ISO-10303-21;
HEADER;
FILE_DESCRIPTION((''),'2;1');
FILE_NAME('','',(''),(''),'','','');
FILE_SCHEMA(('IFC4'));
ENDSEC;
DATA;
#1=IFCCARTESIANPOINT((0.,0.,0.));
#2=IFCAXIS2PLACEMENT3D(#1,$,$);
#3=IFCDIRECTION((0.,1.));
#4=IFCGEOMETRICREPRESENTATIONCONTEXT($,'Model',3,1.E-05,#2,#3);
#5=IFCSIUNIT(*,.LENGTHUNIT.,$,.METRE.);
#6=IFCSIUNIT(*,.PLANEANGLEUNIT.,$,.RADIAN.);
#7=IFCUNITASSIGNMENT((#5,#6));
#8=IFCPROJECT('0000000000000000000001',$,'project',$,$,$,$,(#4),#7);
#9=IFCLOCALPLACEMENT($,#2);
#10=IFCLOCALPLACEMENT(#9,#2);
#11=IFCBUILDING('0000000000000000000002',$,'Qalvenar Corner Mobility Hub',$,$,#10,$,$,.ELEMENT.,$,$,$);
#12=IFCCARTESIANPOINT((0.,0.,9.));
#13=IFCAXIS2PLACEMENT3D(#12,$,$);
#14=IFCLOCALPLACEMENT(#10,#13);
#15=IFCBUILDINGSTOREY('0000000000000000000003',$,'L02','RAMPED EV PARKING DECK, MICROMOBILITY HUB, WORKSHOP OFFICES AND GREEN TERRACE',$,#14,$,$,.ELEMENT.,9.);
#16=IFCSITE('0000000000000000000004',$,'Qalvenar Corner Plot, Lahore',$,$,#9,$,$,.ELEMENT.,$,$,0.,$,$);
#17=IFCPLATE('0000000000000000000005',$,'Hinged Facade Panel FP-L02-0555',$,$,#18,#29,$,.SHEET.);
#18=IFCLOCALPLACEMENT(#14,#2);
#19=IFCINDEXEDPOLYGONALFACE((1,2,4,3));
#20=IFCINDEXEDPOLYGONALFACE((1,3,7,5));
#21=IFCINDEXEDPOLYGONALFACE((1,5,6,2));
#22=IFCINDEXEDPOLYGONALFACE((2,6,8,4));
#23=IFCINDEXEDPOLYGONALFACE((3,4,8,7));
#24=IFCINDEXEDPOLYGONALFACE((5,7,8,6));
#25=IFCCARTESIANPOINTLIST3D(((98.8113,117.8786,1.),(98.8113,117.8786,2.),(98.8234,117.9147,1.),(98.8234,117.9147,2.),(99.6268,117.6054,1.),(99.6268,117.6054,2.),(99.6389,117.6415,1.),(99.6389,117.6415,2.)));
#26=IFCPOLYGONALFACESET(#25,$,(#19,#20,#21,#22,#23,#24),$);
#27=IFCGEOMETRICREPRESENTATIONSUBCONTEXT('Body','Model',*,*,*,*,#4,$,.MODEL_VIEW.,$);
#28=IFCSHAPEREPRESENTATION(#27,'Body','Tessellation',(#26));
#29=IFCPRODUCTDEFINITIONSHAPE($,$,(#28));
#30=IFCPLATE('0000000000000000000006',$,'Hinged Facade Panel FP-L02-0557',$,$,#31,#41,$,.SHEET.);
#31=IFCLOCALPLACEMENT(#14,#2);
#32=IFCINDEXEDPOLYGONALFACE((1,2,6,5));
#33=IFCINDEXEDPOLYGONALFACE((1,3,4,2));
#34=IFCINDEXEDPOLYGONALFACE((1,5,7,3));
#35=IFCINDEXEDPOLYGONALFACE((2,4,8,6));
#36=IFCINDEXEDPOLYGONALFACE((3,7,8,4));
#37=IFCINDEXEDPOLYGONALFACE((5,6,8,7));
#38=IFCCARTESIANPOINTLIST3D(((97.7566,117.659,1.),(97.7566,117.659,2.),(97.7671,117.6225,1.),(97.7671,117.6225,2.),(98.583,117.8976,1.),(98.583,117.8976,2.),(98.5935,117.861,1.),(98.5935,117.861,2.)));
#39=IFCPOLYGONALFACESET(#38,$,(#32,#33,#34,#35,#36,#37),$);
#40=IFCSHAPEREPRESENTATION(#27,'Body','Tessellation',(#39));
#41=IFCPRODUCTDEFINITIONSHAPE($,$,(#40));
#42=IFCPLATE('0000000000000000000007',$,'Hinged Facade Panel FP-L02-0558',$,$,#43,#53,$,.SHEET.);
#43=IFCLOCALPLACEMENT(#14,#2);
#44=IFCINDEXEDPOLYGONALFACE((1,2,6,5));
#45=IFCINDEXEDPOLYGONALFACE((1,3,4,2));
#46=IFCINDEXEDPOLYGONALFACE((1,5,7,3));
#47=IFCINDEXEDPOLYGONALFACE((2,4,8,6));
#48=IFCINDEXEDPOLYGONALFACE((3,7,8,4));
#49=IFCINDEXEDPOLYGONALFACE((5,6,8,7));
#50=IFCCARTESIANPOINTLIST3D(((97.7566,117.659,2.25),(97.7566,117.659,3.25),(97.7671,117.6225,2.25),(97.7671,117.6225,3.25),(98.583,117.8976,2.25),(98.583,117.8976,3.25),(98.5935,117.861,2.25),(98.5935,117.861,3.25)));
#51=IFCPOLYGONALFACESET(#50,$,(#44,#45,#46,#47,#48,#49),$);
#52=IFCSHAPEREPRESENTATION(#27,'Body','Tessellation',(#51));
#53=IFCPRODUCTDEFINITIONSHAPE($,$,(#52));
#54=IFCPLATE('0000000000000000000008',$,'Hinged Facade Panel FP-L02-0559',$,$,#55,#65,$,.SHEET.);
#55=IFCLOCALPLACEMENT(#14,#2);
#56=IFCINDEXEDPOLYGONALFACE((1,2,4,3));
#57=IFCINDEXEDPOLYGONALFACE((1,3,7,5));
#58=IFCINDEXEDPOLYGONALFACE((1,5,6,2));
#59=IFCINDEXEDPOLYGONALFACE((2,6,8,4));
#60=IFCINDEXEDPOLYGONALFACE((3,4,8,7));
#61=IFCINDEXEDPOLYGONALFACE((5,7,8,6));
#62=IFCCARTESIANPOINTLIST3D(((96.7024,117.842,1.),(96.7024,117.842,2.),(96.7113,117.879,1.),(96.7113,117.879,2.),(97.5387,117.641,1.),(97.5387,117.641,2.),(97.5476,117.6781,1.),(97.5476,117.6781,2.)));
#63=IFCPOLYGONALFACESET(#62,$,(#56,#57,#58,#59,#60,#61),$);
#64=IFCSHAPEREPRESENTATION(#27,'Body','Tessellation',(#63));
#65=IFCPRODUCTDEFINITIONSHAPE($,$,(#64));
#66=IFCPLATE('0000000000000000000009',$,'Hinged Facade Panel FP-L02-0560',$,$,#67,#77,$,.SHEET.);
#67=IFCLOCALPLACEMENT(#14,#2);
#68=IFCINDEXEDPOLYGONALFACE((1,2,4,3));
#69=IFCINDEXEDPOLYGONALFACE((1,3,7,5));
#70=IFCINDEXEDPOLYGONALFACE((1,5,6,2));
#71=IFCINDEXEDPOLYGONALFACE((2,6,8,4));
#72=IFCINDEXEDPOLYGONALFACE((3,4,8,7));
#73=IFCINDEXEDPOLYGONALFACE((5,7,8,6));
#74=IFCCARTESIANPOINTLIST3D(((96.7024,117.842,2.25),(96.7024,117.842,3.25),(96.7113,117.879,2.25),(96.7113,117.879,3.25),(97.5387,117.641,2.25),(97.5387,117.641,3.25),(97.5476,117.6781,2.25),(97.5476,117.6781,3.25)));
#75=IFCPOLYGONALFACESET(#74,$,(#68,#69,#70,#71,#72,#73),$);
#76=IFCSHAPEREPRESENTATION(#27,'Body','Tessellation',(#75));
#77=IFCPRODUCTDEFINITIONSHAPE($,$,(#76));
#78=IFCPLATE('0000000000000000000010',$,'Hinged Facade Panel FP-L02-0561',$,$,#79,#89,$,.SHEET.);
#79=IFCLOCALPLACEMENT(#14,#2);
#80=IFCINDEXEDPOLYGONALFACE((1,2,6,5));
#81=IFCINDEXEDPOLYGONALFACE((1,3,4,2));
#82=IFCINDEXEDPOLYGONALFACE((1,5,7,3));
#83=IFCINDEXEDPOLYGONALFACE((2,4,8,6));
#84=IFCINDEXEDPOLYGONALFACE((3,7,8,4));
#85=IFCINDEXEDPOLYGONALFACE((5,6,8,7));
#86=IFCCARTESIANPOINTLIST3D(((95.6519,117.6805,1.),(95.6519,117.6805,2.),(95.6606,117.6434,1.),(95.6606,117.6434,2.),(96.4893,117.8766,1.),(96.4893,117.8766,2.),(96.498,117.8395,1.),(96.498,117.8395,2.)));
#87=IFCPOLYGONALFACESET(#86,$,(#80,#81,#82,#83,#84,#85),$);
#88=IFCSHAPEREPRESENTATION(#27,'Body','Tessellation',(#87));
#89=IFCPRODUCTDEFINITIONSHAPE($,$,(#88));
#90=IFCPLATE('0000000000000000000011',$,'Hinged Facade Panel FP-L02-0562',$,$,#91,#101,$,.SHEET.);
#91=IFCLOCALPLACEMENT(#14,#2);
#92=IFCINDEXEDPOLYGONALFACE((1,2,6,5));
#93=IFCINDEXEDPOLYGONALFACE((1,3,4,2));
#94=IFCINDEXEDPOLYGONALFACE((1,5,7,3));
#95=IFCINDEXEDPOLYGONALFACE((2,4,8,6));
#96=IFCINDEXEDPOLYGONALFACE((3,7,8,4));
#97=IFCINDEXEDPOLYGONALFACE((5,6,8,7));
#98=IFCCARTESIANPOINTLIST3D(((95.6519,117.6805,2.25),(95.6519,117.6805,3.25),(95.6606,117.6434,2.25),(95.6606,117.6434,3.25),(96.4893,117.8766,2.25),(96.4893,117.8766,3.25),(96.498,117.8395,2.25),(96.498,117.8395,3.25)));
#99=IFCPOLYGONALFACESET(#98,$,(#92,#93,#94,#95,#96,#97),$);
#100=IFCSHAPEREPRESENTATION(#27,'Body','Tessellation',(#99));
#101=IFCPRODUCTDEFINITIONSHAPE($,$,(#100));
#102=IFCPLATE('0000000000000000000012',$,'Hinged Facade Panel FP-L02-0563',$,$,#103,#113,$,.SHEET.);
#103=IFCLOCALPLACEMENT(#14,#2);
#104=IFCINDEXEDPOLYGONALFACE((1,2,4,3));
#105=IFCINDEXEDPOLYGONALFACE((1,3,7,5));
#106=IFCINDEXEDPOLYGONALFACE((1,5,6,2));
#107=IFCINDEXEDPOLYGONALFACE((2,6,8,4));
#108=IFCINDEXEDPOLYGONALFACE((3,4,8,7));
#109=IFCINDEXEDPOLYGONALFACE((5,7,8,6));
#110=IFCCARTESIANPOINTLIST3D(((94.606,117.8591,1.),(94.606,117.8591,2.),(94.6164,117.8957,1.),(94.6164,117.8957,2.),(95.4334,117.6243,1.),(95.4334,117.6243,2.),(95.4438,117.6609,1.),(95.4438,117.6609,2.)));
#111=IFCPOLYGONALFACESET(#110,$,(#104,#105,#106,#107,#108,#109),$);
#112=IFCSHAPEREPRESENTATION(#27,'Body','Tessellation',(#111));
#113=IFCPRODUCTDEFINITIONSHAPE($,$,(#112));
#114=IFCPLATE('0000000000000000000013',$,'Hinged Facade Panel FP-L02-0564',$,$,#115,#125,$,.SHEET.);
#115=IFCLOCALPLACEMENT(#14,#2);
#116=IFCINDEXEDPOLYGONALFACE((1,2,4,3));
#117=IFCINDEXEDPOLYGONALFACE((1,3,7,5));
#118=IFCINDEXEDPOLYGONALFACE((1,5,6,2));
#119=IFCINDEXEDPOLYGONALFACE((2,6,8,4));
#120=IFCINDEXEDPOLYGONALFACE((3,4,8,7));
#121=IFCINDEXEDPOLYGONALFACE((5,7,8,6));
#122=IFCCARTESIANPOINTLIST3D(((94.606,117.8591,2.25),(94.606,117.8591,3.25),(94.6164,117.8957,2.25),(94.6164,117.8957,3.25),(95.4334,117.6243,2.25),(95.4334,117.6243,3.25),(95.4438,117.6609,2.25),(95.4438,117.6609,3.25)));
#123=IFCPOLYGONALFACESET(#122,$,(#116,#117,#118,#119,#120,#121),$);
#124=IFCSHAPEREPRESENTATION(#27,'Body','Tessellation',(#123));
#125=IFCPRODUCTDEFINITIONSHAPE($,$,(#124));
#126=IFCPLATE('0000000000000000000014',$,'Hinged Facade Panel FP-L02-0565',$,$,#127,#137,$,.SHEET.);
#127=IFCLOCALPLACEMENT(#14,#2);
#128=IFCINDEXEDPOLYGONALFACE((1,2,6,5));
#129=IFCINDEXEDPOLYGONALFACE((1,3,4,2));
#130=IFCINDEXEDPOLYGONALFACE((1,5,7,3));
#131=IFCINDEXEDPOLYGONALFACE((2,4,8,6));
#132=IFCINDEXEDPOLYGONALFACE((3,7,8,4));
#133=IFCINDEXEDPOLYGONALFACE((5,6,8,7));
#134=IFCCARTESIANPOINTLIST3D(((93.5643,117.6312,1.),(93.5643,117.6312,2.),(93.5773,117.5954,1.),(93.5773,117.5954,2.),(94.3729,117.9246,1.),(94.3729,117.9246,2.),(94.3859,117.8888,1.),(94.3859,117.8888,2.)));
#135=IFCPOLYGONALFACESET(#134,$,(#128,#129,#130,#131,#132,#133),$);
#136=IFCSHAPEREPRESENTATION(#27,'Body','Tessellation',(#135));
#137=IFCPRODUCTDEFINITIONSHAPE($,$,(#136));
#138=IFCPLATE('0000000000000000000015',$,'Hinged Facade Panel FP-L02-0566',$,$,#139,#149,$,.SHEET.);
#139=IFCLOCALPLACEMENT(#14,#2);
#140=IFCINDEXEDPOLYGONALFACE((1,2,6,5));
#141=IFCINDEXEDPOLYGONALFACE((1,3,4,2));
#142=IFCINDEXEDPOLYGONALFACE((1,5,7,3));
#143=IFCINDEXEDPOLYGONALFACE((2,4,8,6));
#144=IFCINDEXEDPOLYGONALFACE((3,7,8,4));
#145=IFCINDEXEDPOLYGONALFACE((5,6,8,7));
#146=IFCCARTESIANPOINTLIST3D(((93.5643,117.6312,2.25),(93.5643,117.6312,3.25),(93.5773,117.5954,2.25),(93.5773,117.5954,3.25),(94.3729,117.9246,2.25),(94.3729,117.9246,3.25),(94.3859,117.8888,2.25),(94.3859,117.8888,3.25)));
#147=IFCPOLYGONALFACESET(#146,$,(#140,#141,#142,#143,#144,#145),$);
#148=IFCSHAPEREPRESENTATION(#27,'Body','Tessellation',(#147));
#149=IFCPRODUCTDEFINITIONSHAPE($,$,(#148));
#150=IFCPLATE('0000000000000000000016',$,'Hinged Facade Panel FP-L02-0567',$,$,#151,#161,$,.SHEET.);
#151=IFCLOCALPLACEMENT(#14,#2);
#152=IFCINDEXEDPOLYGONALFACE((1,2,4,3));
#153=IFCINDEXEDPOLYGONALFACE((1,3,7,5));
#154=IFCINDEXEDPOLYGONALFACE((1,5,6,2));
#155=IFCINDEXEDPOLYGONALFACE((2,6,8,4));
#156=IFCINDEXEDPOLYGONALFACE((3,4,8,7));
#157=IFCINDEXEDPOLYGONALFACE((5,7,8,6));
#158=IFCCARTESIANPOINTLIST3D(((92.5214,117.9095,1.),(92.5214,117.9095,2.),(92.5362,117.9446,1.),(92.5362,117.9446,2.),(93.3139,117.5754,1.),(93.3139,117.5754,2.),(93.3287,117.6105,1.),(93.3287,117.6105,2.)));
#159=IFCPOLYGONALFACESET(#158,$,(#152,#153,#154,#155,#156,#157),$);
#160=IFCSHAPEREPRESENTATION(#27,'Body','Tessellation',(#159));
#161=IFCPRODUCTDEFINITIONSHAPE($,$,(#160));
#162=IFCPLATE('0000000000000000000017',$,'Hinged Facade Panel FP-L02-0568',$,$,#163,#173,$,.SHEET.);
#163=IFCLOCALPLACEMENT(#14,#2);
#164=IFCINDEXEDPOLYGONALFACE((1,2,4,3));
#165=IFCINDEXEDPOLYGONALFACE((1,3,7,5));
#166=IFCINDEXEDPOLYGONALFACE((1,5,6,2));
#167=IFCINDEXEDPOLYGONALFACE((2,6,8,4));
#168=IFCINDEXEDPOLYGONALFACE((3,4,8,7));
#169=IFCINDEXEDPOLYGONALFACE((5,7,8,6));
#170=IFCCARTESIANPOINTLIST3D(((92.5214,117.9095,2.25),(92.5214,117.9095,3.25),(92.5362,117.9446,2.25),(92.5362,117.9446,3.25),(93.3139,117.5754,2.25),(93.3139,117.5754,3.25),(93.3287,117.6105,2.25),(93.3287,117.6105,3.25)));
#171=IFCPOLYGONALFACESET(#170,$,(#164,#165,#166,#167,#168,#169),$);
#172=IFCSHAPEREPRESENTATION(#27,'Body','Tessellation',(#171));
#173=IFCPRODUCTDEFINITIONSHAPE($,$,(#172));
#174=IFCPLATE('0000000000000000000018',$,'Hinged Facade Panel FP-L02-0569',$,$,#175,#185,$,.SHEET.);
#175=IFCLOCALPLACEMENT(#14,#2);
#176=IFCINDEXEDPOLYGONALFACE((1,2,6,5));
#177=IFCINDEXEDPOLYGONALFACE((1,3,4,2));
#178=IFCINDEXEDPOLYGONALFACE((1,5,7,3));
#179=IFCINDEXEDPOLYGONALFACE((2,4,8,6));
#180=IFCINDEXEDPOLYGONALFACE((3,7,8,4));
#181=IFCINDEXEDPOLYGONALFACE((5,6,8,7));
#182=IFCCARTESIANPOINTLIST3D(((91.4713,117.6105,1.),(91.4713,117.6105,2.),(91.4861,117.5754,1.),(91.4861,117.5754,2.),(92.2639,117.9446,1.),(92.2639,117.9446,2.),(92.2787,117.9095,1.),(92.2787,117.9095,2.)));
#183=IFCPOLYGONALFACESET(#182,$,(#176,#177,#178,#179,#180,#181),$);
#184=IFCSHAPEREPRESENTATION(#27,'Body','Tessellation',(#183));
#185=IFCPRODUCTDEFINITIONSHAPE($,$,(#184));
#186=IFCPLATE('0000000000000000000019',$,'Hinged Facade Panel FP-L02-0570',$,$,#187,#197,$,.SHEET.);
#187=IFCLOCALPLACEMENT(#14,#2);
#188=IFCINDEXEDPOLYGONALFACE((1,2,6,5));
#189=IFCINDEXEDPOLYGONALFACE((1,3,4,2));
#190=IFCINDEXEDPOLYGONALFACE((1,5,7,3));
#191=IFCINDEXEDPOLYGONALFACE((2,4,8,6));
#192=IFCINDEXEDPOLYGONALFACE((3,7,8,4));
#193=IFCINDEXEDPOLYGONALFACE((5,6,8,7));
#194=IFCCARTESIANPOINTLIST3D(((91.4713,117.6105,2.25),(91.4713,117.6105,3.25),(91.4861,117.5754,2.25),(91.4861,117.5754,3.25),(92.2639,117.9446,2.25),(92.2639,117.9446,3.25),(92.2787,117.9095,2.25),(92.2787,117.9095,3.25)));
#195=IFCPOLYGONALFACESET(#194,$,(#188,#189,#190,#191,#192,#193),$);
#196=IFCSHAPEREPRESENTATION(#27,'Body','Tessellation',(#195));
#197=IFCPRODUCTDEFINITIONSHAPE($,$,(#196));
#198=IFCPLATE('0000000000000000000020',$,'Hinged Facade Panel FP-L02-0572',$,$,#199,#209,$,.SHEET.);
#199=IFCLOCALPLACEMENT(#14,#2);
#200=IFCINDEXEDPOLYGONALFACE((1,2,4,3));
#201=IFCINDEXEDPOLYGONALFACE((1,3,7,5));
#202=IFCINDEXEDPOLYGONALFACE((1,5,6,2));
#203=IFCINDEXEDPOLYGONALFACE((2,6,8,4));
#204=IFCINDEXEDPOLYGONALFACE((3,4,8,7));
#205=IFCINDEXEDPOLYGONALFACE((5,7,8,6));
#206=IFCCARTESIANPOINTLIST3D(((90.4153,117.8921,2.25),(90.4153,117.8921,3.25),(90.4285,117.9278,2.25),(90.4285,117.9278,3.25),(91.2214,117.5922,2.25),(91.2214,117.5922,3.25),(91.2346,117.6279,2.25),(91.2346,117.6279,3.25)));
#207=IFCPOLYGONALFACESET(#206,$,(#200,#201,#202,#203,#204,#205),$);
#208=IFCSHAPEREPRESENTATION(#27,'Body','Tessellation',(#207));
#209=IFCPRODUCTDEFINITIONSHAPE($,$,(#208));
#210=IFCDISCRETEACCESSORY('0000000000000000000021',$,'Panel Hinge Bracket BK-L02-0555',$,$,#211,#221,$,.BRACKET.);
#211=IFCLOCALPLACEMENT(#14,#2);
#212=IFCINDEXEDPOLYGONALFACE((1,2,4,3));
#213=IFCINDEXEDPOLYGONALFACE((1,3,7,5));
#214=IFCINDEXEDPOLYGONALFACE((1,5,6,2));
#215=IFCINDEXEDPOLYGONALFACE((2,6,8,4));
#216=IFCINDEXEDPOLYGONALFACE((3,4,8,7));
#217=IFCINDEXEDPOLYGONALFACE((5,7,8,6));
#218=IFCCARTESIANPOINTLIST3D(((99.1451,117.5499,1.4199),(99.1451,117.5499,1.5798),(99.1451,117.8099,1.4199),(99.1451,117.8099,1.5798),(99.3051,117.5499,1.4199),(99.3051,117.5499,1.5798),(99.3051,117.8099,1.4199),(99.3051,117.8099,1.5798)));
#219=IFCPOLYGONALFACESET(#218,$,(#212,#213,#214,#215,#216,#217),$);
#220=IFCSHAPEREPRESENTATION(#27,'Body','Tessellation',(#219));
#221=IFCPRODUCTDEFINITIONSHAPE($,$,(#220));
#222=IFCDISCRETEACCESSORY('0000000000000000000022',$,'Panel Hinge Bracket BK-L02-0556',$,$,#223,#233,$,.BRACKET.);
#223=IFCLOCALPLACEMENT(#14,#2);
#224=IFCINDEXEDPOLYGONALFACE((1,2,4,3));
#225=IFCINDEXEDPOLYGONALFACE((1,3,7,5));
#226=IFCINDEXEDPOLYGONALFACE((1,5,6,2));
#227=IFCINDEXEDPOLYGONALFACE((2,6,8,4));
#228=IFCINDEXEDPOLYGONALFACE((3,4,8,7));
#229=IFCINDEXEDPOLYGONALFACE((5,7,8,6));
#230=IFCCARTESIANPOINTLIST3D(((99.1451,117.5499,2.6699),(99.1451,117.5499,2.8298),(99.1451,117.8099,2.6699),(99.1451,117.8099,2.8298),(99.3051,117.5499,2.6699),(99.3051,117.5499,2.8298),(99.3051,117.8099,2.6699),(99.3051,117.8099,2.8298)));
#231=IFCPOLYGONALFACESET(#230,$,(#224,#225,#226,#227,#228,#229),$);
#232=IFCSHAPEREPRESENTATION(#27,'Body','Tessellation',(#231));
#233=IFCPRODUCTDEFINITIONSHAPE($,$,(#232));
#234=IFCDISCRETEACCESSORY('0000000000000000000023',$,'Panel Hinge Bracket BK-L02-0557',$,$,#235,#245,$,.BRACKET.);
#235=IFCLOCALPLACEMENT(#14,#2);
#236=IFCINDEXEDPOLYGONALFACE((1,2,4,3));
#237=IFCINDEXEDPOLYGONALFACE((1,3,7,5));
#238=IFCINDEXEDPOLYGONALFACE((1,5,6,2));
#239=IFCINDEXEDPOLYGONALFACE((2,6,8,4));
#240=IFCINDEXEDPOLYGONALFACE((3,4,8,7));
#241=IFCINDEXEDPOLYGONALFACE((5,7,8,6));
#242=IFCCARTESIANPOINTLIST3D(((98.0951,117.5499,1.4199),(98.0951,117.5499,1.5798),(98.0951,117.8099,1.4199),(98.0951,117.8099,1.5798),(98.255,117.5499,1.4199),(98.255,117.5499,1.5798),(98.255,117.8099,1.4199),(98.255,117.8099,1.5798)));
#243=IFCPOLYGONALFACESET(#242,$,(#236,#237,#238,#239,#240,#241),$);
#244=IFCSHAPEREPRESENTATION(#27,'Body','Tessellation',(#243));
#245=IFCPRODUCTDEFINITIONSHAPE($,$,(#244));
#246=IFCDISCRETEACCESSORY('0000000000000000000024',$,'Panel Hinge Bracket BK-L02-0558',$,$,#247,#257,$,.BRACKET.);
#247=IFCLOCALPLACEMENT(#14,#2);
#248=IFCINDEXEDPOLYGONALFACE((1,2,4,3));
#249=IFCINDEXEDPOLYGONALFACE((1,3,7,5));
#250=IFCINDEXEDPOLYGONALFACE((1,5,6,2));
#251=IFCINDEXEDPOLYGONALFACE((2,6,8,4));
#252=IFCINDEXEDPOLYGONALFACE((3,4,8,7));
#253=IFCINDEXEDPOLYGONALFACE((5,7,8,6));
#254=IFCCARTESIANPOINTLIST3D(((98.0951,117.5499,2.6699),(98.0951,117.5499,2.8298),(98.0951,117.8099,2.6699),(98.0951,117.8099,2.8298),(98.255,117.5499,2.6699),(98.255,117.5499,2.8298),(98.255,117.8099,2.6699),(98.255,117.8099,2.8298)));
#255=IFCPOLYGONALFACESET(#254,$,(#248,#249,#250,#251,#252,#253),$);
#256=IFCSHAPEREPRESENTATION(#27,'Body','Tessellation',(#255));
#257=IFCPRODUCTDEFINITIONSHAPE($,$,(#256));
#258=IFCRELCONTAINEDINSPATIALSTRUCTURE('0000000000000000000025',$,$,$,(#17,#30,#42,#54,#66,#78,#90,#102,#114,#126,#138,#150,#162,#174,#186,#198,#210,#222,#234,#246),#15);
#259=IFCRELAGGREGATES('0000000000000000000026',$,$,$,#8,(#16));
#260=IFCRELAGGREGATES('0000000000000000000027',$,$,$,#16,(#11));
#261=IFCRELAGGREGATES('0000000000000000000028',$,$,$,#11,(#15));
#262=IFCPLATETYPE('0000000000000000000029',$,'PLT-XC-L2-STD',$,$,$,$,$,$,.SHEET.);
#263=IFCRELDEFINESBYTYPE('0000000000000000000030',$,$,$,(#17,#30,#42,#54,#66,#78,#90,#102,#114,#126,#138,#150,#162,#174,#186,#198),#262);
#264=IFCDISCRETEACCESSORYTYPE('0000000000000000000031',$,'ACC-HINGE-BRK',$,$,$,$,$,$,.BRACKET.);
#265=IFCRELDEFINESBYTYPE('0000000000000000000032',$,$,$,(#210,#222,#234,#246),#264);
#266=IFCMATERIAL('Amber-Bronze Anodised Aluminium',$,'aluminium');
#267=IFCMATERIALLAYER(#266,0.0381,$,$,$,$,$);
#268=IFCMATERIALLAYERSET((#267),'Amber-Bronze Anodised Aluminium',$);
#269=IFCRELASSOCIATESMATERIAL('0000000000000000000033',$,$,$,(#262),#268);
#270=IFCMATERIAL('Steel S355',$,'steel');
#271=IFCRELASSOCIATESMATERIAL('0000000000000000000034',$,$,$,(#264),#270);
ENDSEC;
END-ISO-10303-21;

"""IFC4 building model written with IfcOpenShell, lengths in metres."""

from ifc_helpers import new_model, si_unit, direction, frame, origin, origin_2d, place, context, subcontext, project, spatial, rectangle, extrude, material, layer, layer_set, type_object, element, save


model = new_model("IFC4")

# Units and contexts
model_context = context("Model", 3, precision=1e-05, world=origin(), true_north=direction((0.0, 1.0)))
body_context = subcontext(model_context, "Body", "Model", "MODEL_VIEW")
ifc_project = project(units=[si_unit("LENGTHUNIT", "METRE"), si_unit("PLANEANGLEUNIT", "RADIAN")], contexts=[model_context])

# Site, building, storey
site_placement = place(None, origin())
site = spatial("IfcSite", under=ifc_project, at=site_placement, Name="Qalvenar Corner Plot, Lahore", CompositionType="ELEMENT", RefElevation=0.0)
building_placement = place(site_placement, origin())
building = spatial("IfcBuilding", under=site, at=building_placement, Name="Qalvenar Corner Mobility Hub", CompositionType="ELEMENT")
storey_placement = place(building_placement, frame((0.0, 0.0, 9.0)))
storey = spatial("IfcBuildingStorey", under=building, at=storey_placement, Name="L02", Description="RAMPED EV PARKING DECK, MICROMOBILITY HUB, WORKSHOP OFFICES AND GREEN TERRACE", CompositionType="ELEMENT", Elevation=9.0)

# Plates
ifc_material_1 = material(Name="Amber-Bronze Anodised Aluminium", Category="aluminium")
ifc_layer = layer(ifc_material_1, 0.0381)
ifc_layer_set = layer_set([ifc_layer], Name="Amber-Bronze Anodised Aluminium")
plate_type = type_object("IfcPlateType", Name="PLT-XC-L2-STD", PredefinedType="SHEET", material=ifc_layer_set)
for number, where, z_axis, x_axis, name in (
    (1, (99.2251, 117.76, 1.0), (0.0, 0.0, 1.0), (-0.948213, 0.317636, 0.0), "Hinged Facade Panel FP-L02-0555"),
    (2, (98.175, 117.76, 1.0), (0.0, 0.0, 1.0), (-0.960779, -0.277315, 0.0), "Hinged Facade Panel FP-L02-0557"),
    (3, (98.175, 117.76, 2.25), (0.0, 0.0, 1.0), (-0.960779, -0.277315, 0.0), "Hinged Facade Panel FP-L02-0558"),
    (4, (97.125, 117.76, 1.0), (0.0, 0.0, 1.0), (-0.972329, 0.233615, 0.0), "Hinged Facade Panel FP-L02-0559"),
    (5, (97.125, 117.76, 2.25), (0.0, 0.0, 1.0), (-0.972329, 0.233615, 0.0), "Hinged Facade Panel FP-L02-0560"),
    (6, (96.075, 117.76, 1.0), (0.0, 0.0, 1.0), (-0.973659, -0.228011, 0.0), "Hinged Facade Panel FP-L02-0561"),
    (7, (96.075, 117.76, 2.25), (0.0, 0.0, 1.0), (-0.973659, -0.228011, 0.0), "Hinged Facade Panel FP-L02-0562"),
    (8, (95.0249, 117.76, 1.0), (0.0, 0.0, 1.0), (-0.962028, 0.272952, 0.0), "Hinged Facade Panel FP-L02-0563"),
    (9, (95.0249, 117.76, 2.25), (0.0, 0.0, 1.0), (-0.962028, 0.272952, 0.0), "Hinged Facade Panel FP-L02-0564"),
    (10, (93.9751, 117.76, 1.0), (0.0, 0.0, 1.0), (-0.94005, -0.341036, 0.0), "Hinged Facade Panel FP-L02-0565"),
    (11, (93.9751, 117.76, 2.25), (0.0, 0.0, 1.0), (-0.94005, -0.341036, 0.0), "Hinged Facade Panel FP-L02-0566"),
    (12, (92.925, 117.76, 1.0), (0.0, 0.0, 1.0), (-0.921457, 0.388481, 0.0), "Hinged Facade Panel FP-L02-0567"),
    (13, (92.925, 117.76, 2.25), (0.0, 0.0, 1.0), (-0.921457, 0.388481, 0.0), "Hinged Facade Panel FP-L02-0568"),
    (14, (91.875, 117.76, 1.0), (0.0, 0.0, 1.0), (-0.921457, -0.388481, 0.0), "Hinged Facade Panel FP-L02-0569"),
    (15, (91.875, 117.76, 2.25), (0.0, 0.0, 1.0), (-0.921457, -0.388481, 0.0), "Hinged Facade Panel FP-L02-0570"),
    (16, (90.825, 117.76, 2.25), (0.0, 0.0, 1.0), (-0.937221, 0.348736, 0.0), "Hinged Facade Panel FP-L02-0572"),
):
    element("IfcPlate", number, at=place(storey_placement, frame(where, z_axis=z_axis, x_axis=x_axis)), inside=storey, type_object=plate_type, Name=name, PredefinedType="SHEET", context=body_context, shape_type="SweptSolid", body=[
        extrude(rectangle(XDim=0.8601, YDim=0.0381, at=origin_2d()), origin(), (0.0, 0.0, 1.0), 1.0),
    ])

# Discrete accessories
ifc_material_2 = material(Name="Steel S355", Category="steel")
discrete_accessory_type = type_object("IfcDiscreteAccessoryType", Name="ACC-HINGE-BRK", PredefinedType="BRACKET", material=ifc_material_2)
for number, where, z_axis, x_axis, name in (
    (17, (99.2251, 117.6799, 1.4199), (0.0, 0.0, 1.0), (-1.0, 0.0, 0.0), "Panel Hinge Bracket BK-L02-0555"),
    (18, (99.2251, 117.6799, 2.6699), (0.0, 0.0, 1.0), (-1.0, 0.0, 0.0), "Panel Hinge Bracket BK-L02-0556"),
    (19, (98.175, 117.6799, 1.4199), (0.0, 0.0, 1.0), (-1.0, 0.0, 0.0), "Panel Hinge Bracket BK-L02-0557"),
    (20, (98.175, 117.6799, 2.6699), (0.0, 0.0, 1.0), (-1.0, 0.0, 0.0), "Panel Hinge Bracket BK-L02-0558"),
):
    element("IfcDiscreteAccessory", number, at=place(storey_placement, frame(where, z_axis=z_axis, x_axis=x_axis)), inside=storey, type_object=discrete_accessory_type, Name=name, PredefinedType="BRACKET", context=body_context, shape_type="SweptSolid", body=[
        extrude(rectangle(XDim=0.1599, YDim=0.26, at=origin_2d()), origin(), (0.0, 0.0, 1.0), 0.1599),
    ])

save(model, "model.ifc")
